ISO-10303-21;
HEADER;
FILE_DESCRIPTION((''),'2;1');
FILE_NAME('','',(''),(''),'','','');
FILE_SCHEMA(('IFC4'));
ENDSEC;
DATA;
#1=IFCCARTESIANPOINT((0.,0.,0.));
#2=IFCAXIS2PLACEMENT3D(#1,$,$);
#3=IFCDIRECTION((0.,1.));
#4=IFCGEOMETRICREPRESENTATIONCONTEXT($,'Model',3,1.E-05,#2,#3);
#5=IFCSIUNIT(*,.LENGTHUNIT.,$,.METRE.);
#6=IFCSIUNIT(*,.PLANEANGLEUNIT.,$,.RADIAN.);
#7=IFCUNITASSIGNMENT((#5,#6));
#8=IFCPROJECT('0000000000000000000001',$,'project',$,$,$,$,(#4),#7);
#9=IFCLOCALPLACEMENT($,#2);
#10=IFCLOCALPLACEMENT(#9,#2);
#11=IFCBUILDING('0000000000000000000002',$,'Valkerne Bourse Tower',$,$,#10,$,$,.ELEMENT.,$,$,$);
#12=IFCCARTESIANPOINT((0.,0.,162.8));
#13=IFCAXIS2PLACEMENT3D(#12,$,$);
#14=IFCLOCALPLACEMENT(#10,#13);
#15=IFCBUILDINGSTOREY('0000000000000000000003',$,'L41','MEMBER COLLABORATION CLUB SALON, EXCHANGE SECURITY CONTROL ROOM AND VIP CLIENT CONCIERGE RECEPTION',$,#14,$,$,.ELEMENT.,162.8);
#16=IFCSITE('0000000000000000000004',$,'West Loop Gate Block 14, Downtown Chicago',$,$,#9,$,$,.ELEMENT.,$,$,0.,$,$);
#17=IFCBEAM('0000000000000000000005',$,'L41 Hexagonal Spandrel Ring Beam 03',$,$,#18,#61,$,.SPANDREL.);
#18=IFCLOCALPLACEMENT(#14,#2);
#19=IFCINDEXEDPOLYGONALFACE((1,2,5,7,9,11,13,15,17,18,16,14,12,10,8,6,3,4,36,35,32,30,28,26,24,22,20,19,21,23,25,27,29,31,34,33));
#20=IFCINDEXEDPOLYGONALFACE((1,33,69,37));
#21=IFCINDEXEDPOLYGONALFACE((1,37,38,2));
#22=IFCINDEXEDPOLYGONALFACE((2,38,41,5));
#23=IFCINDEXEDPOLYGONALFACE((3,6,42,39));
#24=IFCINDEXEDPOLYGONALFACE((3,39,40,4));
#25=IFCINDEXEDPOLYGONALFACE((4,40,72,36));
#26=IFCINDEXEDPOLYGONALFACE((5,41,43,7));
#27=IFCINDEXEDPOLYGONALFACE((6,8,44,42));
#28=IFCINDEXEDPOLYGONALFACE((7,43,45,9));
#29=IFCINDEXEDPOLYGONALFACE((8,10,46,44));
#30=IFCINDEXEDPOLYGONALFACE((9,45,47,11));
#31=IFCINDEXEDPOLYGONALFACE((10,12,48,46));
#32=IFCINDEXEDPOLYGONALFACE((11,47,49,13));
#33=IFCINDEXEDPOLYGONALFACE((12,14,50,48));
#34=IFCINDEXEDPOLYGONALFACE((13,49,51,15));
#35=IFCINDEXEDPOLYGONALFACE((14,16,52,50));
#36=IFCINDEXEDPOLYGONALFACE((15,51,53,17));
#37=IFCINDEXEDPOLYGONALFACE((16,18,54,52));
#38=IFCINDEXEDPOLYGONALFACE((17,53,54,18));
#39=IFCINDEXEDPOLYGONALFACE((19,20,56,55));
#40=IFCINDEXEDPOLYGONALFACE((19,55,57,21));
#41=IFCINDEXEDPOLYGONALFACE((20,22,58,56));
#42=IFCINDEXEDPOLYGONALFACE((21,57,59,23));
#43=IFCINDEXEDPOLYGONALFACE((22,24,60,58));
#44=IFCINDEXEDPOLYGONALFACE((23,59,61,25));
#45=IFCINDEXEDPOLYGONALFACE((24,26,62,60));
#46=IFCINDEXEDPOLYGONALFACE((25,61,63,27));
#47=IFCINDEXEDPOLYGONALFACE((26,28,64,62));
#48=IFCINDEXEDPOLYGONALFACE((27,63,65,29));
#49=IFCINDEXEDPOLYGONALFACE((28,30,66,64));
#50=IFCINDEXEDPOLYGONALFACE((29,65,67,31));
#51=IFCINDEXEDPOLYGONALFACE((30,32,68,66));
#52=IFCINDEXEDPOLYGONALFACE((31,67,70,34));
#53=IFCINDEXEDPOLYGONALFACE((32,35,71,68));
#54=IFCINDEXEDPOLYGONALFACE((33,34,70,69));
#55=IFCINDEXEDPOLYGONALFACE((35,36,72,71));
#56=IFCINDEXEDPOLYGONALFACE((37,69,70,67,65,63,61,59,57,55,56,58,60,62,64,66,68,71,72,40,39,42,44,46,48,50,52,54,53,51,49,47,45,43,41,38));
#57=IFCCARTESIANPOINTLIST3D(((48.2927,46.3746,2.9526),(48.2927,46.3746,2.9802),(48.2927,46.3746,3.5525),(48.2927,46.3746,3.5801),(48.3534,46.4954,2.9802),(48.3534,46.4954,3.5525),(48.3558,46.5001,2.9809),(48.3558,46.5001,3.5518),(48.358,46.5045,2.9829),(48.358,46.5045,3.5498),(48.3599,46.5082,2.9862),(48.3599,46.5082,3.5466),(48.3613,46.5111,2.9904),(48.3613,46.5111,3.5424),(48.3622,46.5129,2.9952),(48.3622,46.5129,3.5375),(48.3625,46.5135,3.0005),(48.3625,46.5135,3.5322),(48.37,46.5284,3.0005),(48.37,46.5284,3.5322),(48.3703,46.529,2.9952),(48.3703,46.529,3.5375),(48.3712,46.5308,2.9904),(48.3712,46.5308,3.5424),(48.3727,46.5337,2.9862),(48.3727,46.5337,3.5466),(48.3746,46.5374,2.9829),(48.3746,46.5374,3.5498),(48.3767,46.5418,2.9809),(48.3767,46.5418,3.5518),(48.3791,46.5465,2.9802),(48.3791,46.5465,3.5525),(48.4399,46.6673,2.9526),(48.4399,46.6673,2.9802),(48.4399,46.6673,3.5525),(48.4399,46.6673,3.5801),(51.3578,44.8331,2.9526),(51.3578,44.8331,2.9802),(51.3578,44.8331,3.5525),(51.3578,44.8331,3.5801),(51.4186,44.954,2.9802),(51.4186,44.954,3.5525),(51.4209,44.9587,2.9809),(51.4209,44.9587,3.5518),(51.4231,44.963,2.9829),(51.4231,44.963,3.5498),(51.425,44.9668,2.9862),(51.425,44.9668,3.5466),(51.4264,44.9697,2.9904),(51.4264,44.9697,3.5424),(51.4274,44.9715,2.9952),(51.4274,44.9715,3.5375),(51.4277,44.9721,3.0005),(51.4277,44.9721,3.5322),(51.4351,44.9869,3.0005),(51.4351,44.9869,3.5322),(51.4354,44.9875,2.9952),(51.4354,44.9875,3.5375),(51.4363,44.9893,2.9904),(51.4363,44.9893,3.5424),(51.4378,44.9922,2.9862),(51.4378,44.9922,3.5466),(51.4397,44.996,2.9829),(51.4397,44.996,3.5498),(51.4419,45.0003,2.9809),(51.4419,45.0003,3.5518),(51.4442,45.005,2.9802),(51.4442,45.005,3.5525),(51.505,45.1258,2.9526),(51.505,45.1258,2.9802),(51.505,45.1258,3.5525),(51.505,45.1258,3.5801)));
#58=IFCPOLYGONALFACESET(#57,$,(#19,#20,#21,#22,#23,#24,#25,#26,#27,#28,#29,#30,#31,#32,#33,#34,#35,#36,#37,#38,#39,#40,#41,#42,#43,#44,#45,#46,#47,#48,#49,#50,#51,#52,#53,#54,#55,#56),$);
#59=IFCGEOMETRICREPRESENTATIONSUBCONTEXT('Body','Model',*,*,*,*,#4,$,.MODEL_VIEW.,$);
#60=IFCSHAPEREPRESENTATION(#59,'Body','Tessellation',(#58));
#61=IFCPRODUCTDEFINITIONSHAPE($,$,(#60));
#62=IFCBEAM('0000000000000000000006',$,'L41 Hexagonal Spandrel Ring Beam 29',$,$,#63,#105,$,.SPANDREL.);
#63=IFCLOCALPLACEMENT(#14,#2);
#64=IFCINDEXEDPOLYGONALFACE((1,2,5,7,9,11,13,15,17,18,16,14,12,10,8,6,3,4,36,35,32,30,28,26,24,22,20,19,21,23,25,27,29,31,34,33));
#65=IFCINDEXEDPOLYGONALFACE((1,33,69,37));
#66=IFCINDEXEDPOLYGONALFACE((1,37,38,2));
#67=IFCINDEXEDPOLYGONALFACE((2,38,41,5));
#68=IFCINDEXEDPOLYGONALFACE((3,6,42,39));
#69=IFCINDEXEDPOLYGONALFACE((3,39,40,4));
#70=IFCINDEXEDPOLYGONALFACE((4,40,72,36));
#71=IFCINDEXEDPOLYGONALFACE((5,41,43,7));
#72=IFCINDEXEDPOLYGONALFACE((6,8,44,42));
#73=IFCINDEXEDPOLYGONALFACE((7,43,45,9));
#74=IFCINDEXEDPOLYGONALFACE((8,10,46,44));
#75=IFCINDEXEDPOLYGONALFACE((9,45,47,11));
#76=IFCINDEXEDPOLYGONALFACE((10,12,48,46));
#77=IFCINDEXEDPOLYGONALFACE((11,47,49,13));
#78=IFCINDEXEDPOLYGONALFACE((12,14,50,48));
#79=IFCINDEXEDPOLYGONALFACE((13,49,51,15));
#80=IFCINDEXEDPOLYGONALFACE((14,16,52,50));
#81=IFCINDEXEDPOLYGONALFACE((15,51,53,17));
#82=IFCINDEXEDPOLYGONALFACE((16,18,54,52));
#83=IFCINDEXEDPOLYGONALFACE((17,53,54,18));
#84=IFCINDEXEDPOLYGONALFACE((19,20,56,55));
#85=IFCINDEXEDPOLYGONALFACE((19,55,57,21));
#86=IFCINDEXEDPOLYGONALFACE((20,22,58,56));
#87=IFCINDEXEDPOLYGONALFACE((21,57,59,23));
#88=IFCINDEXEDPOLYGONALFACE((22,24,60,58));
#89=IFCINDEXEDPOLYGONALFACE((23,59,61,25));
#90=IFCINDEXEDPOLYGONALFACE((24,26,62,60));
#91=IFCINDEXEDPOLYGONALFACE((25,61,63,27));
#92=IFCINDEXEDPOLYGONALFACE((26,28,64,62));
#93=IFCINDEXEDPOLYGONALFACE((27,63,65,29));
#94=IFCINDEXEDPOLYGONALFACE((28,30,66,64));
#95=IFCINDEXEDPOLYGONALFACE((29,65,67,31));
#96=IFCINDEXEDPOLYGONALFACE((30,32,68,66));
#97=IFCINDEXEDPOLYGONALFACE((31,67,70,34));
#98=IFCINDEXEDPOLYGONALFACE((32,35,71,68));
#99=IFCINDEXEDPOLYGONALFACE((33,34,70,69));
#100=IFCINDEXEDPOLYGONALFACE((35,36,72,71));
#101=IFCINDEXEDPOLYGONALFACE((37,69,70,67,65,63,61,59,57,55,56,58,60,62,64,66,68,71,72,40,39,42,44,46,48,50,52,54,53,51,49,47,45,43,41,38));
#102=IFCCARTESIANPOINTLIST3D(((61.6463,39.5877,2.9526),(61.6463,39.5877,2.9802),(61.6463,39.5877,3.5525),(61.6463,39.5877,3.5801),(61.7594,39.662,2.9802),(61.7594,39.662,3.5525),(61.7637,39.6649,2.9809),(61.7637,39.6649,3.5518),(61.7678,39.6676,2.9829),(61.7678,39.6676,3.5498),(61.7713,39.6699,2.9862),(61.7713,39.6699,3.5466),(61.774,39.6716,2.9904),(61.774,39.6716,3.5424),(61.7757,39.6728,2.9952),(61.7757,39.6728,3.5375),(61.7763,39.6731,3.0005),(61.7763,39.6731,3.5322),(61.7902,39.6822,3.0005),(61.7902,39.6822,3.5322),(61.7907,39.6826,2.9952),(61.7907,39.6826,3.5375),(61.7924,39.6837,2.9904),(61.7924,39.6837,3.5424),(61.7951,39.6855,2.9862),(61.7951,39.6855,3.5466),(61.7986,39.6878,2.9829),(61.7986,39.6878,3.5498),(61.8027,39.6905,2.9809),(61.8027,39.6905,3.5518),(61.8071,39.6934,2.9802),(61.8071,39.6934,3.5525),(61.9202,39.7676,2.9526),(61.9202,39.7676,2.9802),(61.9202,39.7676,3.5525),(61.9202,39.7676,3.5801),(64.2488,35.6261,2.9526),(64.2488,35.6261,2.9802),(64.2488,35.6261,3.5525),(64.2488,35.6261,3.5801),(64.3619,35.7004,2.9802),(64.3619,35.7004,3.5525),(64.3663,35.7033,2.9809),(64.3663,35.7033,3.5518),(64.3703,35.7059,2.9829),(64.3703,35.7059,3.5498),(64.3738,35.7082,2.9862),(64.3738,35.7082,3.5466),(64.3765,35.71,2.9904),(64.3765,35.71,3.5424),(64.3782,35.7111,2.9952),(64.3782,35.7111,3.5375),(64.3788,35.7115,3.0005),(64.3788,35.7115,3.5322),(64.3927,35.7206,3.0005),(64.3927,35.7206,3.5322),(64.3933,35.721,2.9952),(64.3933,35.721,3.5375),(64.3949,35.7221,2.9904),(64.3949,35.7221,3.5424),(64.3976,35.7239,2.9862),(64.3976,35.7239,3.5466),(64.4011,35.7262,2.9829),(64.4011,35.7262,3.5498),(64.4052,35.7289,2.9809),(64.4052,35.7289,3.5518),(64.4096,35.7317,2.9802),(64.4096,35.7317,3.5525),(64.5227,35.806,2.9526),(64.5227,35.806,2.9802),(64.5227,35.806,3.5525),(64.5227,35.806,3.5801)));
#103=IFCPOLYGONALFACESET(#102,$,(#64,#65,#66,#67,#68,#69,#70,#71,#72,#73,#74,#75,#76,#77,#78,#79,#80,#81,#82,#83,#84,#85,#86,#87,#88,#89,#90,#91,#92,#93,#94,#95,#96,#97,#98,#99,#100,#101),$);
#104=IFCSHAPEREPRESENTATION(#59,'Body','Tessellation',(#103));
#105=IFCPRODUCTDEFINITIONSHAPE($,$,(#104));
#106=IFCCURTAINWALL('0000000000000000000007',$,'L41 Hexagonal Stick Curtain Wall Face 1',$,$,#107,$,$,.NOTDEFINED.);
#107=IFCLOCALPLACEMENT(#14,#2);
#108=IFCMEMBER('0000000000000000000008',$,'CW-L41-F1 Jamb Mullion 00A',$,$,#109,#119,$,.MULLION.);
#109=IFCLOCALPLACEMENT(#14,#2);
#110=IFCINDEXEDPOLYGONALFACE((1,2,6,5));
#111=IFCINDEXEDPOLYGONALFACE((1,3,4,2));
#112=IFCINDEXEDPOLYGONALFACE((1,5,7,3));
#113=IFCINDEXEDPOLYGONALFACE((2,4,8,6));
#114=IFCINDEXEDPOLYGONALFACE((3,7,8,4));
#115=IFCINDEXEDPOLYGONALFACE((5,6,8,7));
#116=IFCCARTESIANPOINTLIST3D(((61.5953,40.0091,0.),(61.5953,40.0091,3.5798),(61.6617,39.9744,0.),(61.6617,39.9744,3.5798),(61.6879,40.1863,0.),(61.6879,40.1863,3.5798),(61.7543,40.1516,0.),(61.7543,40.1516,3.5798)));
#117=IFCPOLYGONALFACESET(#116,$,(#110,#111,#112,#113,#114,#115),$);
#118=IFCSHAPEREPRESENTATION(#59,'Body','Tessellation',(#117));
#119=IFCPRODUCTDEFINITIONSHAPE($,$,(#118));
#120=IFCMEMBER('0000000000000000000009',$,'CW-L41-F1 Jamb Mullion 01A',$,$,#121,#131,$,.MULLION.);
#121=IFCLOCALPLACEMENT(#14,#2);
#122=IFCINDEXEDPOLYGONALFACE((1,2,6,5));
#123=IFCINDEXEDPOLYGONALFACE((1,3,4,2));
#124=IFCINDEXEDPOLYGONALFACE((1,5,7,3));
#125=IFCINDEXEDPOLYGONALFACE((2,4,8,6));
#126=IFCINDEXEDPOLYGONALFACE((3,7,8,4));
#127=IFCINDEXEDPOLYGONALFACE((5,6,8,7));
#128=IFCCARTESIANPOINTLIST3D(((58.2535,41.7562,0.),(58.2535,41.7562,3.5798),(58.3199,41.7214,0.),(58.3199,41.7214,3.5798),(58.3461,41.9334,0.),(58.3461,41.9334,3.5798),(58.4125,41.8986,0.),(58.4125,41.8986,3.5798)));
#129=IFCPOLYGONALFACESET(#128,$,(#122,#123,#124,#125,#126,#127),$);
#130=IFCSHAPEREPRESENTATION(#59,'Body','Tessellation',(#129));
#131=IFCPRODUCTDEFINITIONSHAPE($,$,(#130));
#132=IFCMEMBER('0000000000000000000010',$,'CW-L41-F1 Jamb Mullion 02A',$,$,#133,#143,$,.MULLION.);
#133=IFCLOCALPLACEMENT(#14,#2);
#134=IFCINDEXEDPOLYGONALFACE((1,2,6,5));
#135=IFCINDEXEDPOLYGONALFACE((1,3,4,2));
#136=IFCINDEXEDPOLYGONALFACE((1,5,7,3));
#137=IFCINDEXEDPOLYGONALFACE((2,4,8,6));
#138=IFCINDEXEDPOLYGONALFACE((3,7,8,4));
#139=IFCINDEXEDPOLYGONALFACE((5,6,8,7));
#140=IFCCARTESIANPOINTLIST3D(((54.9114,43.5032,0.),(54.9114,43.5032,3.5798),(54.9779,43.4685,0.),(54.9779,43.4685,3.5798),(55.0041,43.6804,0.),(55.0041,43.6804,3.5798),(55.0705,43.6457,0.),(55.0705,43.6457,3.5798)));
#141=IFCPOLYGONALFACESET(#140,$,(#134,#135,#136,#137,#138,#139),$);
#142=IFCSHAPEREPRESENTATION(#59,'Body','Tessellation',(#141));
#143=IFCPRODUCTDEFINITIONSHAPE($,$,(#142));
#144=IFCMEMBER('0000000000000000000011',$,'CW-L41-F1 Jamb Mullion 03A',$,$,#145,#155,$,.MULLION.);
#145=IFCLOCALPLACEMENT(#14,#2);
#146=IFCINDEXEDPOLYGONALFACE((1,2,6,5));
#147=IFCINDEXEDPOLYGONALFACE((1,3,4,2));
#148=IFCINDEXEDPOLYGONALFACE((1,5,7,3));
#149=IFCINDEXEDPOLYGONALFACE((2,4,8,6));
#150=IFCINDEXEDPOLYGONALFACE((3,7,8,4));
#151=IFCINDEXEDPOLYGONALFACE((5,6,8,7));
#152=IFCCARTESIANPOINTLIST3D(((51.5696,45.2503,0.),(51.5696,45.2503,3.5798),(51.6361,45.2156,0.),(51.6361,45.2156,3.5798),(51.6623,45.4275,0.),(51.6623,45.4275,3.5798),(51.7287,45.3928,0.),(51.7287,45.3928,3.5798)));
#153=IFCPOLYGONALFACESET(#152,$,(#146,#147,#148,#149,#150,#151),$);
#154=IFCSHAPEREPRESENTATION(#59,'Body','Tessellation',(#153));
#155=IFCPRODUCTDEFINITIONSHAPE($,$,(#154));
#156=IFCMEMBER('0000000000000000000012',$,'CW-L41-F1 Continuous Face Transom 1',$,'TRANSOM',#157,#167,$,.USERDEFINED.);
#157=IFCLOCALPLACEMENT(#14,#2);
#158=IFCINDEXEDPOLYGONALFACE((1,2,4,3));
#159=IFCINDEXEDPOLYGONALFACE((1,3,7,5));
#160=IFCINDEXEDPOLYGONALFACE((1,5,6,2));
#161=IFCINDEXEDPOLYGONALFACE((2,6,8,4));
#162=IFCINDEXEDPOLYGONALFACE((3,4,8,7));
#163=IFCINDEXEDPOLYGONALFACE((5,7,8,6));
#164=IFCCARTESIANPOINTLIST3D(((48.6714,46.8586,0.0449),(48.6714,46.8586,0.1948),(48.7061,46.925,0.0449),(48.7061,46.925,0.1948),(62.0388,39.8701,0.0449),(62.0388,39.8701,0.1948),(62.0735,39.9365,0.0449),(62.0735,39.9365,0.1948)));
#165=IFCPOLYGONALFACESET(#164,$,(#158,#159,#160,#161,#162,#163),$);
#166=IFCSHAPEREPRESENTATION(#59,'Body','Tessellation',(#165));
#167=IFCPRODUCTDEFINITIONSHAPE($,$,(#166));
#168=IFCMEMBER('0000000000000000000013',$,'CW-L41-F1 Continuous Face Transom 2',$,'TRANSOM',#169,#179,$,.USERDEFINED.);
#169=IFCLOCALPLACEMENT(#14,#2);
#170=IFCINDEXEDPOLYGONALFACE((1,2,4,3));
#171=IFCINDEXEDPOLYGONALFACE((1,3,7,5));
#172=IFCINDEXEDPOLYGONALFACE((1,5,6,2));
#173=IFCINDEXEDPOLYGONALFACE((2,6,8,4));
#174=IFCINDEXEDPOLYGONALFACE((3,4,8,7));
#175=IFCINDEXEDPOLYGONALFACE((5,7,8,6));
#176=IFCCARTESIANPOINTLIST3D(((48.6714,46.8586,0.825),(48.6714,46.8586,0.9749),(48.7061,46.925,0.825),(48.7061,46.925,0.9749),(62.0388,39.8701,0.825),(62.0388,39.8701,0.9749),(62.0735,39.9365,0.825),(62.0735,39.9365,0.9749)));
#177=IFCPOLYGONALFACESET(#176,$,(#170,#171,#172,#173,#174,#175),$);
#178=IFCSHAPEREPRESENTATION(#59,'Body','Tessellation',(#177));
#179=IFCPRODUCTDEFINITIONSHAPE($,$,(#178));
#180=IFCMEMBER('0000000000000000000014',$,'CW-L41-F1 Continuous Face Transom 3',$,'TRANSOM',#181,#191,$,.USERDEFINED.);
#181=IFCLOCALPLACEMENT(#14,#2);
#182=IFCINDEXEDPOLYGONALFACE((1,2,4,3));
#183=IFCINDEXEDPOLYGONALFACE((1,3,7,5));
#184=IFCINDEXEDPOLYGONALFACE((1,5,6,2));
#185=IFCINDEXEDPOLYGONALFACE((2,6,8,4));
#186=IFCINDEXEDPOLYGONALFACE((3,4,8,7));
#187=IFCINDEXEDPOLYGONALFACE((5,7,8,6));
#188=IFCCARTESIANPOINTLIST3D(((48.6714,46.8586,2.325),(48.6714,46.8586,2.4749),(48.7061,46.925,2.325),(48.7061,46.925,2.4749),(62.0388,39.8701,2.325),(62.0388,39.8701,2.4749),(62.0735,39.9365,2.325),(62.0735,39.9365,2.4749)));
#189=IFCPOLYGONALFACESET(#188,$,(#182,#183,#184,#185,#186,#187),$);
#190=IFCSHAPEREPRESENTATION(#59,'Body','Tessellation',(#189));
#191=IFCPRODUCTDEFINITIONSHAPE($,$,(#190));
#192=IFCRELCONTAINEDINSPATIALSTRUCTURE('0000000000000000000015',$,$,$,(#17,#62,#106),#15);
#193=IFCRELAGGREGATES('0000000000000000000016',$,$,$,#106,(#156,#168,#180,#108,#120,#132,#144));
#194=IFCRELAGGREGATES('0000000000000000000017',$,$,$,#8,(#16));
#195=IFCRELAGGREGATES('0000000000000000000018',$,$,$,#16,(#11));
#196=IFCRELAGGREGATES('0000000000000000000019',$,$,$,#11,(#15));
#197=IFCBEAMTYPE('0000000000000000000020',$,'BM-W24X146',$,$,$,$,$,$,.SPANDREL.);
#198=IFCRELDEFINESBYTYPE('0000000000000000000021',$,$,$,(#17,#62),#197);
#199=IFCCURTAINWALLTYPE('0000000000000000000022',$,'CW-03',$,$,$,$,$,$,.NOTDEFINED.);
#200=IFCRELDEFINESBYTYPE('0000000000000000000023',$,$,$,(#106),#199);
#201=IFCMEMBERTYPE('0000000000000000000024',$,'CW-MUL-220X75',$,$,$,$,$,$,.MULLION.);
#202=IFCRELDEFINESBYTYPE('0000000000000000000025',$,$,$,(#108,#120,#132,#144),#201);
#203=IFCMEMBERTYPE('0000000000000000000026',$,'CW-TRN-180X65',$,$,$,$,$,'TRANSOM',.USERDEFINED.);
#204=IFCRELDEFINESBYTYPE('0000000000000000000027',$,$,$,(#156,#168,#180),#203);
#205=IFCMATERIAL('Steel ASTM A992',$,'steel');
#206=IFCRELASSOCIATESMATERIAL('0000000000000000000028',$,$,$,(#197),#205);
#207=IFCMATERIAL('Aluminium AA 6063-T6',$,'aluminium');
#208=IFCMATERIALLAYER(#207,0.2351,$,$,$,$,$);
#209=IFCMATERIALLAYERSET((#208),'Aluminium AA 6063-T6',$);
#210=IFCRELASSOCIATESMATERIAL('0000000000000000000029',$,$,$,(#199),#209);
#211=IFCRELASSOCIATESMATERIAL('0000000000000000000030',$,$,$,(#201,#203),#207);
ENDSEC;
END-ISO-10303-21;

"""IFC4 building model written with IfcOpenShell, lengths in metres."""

from ifc_helpers import new_model, si_unit, direction, frame, origin, origin_2d, place, context, subcontext, project, spatial, rectangle, i_section, extrude, material, layer, layer_set, material_profile, profile_set, type_object, element, aggregate, save


model = new_model("IFC4")

# Units and contexts
model_context = context("Model", 3, precision=1e-05, world=origin(), true_north=direction((0.0, 1.0)))
body_context = subcontext(model_context, "Body", "Model", "MODEL_VIEW")
ifc_project = project(units=[si_unit("LENGTHUNIT", "METRE"), si_unit("PLANEANGLEUNIT", "RADIAN")], contexts=[model_context])

# Site, building, storey
site_placement = place(None, origin())
site = spatial("IfcSite", under=ifc_project, at=site_placement, Name="West Loop Gate Block 14, Downtown Chicago", CompositionType="ELEMENT", RefElevation=0.0)
building_placement = place(site_placement, origin())
building = spatial("IfcBuilding", under=site, at=building_placement, Name="Valkerne Bourse Tower", CompositionType="ELEMENT")
storey_placement = place(building_placement, frame((0.0, 0.0, 162.8)))
storey = spatial("IfcBuildingStorey", under=building, at=storey_placement, Name="L41", Description="MEMBER COLLABORATION CLUB SALON, EXCHANGE SECURITY CONTROL ROOM AND VIP CLIENT CONCIERGE RECEPTION", CompositionType="ELEMENT", Elevation=162.8)

# Beams
ifc_material_1 = material(Name="Steel ASTM A992", Category="steel")
ifc_material_profile_1 = material_profile(ifc_material_1, i_section(OverallWidth=0.3276, OverallDepth=0.6274, WebThickness=0.0166, FlangeThickness=0.0276, FilletRadius=0.0203, at=origin_2d()), Name="W24X146")
ifc_profile_set_1 = profile_set([ifc_material_profile_1], Name="Steel ASTM A992")
beam_type = type_object("IfcBeamType", Name="BM-W24X146", PredefinedType="SPANDREL", material=ifc_profile_set_1)
beam_1_placement = place(storey_placement, frame((51.4314, 44.9795, 3.2664), z_axis=(-0.893386, 0.44929, 0.0), x_axis=(-0.44929, -0.893386, 0.0)))
element("IfcBeam", 1, at=beam_1_placement, inside=storey, type_object=beam_type, Name="L41 Hexagonal Spandrel Ring Beam 03", PredefinedType="SPANDREL", context=body_context, shape_type="SweptSolid", body=[
    extrude(i_section(OverallWidth=0.3276, OverallDepth=0.6274, WebThickness=0.0166, FlangeThickness=0.0276, FilletRadius=0.0203, at=origin_2d()), origin(), (0.0, 0.0, 1.0), 3.4309),
])
beam_2_placement = place(storey_placement, frame((64.3857, 35.7161, 3.2664), z_axis=(-0.549054, 0.835787, 0.0), x_axis=(-0.835787, -0.549054, 0.0)))
element("IfcBeam", 2, at=beam_2_placement, inside=storey, type_object=beam_type, Name="L41 Hexagonal Spandrel Ring Beam 29", PredefinedType="SPANDREL", context=body_context, shape_type="SweptSolid", body=[
    extrude(i_section(OverallWidth=0.3276, OverallDepth=0.6274, WebThickness=0.0166, FlangeThickness=0.0276, FilletRadius=0.0203, at=origin_2d()), origin(), (0.0, 0.0, 1.0), 4.74),
])

# Curtain wall, members
ifc_material_2 = material(Name="Aluminium AA 6063-T6", Category="aluminium")
ifc_layer_1 = layer(ifc_material_2, 0.2351)
ifc_layer_set_1 = layer_set([ifc_layer_1], Name="Aluminium AA 6063-T6")
curtain_wall_type = type_object("IfcCurtainWallType", Name="CW-03", PredefinedType="NOTDEFINED", material=ifc_layer_set_1)
curtain_wall_placement = place(storey_placement, origin())
curtain_wall = element("IfcCurtainWall", 3, at=curtain_wall_placement, inside=storey, type_object=curtain_wall_type, Name="L41 Hexagonal Stick Curtain Wall Face 1", PredefinedType="NOTDEFINED")
ifc_material_profile_2 = material_profile(ifc_material_2, rectangle(XDim=0.075, YDim=0.2, at=origin_2d()), Name="CWM-75X200")
ifc_profile_set_2 = profile_set([ifc_material_profile_2], Name="Aluminium AA 6063-T6")
member_type_1 = type_object("IfcMemberType", Name="CW-MUL-220X75", PredefinedType="MULLION", material=ifc_profile_set_2)
member_1_placement = place(storey_placement, frame((61.6748, 40.0803, 0.0), z_axis=(0.0, 0.0, 1.0), x_axis=(-0.886198, 0.463306, 0.0)))
member_1 = element("IfcMember", 4, at=member_1_placement, type_object=member_type_1, Name="CW-L41-F1 Jamb Mullion 00A", PredefinedType="MULLION", context=body_context, shape_type="SweptSolid", body=[
    extrude(rectangle(XDim=0.075, YDim=0.2, at=origin_2d()), origin(), (0.0, 0.0, 1.0), 3.5798),
])
member_2_placement = place(storey_placement, frame((58.333, 41.8274, 0.0), z_axis=(0.0, 0.0, 1.0), x_axis=(-0.886204, 0.463295, 0.0)))
member_2 = element("IfcMember", 5, at=member_2_placement, type_object=member_type_1, Name="CW-L41-F1 Jamb Mullion 01A", PredefinedType="MULLION", context=body_context, shape_type="SweptSolid", body=[
    extrude(rectangle(XDim=0.075, YDim=0.2, at=origin_2d()), origin(), (0.0, 0.0, 1.0), 3.5798),
])
member_3_placement = place(storey_placement, frame((54.991, 43.5745, 0.0), z_axis=(0.0, 0.0, 1.0), x_axis=(-0.886204, 0.463295, 0.0)))
member_3 = element("IfcMember", 6, at=member_3_placement, type_object=member_type_1, Name="CW-L41-F1 Jamb Mullion 02A", PredefinedType="MULLION", context=body_context, shape_type="SweptSolid", body=[
    extrude(rectangle(XDim=0.075, YDim=0.2, at=origin_2d()), origin(), (0.0, 0.0, 1.0), 3.5798),
])
member_4_placement = place(storey_placement, frame((51.6492, 45.3215, 0.0), z_axis=(0.0, 0.0, 1.0), x_axis=(-0.886204, 0.463295, 0.0)))
member_4 = element("IfcMember", 7, at=member_4_placement, type_object=member_type_1, Name="CW-L41-F1 Jamb Mullion 03A", PredefinedType="MULLION", context=body_context, shape_type="SweptSolid", body=[
    extrude(rectangle(XDim=0.075, YDim=0.2, at=origin_2d()), origin(), (0.0, 0.0, 1.0), 3.5798),
])
ifc_material_profile_3 = material_profile(ifc_material_2, rectangle(XDim=0.075, YDim=0.1499, at=origin_2d()), Name="CWT-75X150")
ifc_profile_set_3 = profile_set([ifc_material_profile_3], Name="Aluminium AA 6063-T6")
member_type_2 = type_object("IfcMemberType", Name="CW-TRN-180X65", ElementType="TRANSOM", PredefinedType="USERDEFINED", material=ifc_profile_set_3)
member_5_placement = place(storey_placement, frame((62.0562, 39.9033, 0.1199), z_axis=(-0.886198, 0.463307, 0.0), x_axis=(-0.463307, -0.886198, 0.0)))
member_5 = element("IfcMember", 8, at=member_5_placement, type_object=member_type_2, Name="CW-L41-F1 Continuous Face Transom 1", ObjectType="TRANSOM", PredefinedType="USERDEFINED", context=body_context, shape_type="SweptSolid", body=[
    extrude(rectangle(XDim=0.075, YDim=0.1499, at=origin_2d()), origin(), (0.0, 0.0, 1.0), 15.084),
])
member_6_placement = place(storey_placement, frame((62.0562, 39.9033, 0.8999), z_axis=(-0.886198, 0.463307, 0.0), x_axis=(-0.463307, -0.886198, 0.0)))
member_6 = element("IfcMember", 9, at=member_6_placement, type_object=member_type_2, Name="CW-L41-F1 Continuous Face Transom 2", ObjectType="TRANSOM", PredefinedType="USERDEFINED", context=body_context, shape_type="SweptSolid", body=[
    extrude(rectangle(XDim=0.075, YDim=0.1499, at=origin_2d()), origin(), (0.0, 0.0, 1.0), 15.084),
])
member_7_placement = place(storey_placement, frame((62.0562, 39.9033, 2.3999), z_axis=(-0.886198, 0.463307, 0.0), x_axis=(-0.463307, -0.886198, 0.0)))
member_7 = element("IfcMember", 10, at=member_7_placement, type_object=member_type_2, Name="CW-L41-F1 Continuous Face Transom 3", ObjectType="TRANSOM", PredefinedType="USERDEFINED", context=body_context, shape_type="SweptSolid", body=[
    extrude(rectangle(XDim=0.075, YDim=0.1499, at=origin_2d()), origin(), (0.0, 0.0, 1.0), 15.084),
])

aggregate(curtain_wall, [member_5, member_6, member_7, member_1, member_2, member_3, member_4])

save(model, "model.ifc")
